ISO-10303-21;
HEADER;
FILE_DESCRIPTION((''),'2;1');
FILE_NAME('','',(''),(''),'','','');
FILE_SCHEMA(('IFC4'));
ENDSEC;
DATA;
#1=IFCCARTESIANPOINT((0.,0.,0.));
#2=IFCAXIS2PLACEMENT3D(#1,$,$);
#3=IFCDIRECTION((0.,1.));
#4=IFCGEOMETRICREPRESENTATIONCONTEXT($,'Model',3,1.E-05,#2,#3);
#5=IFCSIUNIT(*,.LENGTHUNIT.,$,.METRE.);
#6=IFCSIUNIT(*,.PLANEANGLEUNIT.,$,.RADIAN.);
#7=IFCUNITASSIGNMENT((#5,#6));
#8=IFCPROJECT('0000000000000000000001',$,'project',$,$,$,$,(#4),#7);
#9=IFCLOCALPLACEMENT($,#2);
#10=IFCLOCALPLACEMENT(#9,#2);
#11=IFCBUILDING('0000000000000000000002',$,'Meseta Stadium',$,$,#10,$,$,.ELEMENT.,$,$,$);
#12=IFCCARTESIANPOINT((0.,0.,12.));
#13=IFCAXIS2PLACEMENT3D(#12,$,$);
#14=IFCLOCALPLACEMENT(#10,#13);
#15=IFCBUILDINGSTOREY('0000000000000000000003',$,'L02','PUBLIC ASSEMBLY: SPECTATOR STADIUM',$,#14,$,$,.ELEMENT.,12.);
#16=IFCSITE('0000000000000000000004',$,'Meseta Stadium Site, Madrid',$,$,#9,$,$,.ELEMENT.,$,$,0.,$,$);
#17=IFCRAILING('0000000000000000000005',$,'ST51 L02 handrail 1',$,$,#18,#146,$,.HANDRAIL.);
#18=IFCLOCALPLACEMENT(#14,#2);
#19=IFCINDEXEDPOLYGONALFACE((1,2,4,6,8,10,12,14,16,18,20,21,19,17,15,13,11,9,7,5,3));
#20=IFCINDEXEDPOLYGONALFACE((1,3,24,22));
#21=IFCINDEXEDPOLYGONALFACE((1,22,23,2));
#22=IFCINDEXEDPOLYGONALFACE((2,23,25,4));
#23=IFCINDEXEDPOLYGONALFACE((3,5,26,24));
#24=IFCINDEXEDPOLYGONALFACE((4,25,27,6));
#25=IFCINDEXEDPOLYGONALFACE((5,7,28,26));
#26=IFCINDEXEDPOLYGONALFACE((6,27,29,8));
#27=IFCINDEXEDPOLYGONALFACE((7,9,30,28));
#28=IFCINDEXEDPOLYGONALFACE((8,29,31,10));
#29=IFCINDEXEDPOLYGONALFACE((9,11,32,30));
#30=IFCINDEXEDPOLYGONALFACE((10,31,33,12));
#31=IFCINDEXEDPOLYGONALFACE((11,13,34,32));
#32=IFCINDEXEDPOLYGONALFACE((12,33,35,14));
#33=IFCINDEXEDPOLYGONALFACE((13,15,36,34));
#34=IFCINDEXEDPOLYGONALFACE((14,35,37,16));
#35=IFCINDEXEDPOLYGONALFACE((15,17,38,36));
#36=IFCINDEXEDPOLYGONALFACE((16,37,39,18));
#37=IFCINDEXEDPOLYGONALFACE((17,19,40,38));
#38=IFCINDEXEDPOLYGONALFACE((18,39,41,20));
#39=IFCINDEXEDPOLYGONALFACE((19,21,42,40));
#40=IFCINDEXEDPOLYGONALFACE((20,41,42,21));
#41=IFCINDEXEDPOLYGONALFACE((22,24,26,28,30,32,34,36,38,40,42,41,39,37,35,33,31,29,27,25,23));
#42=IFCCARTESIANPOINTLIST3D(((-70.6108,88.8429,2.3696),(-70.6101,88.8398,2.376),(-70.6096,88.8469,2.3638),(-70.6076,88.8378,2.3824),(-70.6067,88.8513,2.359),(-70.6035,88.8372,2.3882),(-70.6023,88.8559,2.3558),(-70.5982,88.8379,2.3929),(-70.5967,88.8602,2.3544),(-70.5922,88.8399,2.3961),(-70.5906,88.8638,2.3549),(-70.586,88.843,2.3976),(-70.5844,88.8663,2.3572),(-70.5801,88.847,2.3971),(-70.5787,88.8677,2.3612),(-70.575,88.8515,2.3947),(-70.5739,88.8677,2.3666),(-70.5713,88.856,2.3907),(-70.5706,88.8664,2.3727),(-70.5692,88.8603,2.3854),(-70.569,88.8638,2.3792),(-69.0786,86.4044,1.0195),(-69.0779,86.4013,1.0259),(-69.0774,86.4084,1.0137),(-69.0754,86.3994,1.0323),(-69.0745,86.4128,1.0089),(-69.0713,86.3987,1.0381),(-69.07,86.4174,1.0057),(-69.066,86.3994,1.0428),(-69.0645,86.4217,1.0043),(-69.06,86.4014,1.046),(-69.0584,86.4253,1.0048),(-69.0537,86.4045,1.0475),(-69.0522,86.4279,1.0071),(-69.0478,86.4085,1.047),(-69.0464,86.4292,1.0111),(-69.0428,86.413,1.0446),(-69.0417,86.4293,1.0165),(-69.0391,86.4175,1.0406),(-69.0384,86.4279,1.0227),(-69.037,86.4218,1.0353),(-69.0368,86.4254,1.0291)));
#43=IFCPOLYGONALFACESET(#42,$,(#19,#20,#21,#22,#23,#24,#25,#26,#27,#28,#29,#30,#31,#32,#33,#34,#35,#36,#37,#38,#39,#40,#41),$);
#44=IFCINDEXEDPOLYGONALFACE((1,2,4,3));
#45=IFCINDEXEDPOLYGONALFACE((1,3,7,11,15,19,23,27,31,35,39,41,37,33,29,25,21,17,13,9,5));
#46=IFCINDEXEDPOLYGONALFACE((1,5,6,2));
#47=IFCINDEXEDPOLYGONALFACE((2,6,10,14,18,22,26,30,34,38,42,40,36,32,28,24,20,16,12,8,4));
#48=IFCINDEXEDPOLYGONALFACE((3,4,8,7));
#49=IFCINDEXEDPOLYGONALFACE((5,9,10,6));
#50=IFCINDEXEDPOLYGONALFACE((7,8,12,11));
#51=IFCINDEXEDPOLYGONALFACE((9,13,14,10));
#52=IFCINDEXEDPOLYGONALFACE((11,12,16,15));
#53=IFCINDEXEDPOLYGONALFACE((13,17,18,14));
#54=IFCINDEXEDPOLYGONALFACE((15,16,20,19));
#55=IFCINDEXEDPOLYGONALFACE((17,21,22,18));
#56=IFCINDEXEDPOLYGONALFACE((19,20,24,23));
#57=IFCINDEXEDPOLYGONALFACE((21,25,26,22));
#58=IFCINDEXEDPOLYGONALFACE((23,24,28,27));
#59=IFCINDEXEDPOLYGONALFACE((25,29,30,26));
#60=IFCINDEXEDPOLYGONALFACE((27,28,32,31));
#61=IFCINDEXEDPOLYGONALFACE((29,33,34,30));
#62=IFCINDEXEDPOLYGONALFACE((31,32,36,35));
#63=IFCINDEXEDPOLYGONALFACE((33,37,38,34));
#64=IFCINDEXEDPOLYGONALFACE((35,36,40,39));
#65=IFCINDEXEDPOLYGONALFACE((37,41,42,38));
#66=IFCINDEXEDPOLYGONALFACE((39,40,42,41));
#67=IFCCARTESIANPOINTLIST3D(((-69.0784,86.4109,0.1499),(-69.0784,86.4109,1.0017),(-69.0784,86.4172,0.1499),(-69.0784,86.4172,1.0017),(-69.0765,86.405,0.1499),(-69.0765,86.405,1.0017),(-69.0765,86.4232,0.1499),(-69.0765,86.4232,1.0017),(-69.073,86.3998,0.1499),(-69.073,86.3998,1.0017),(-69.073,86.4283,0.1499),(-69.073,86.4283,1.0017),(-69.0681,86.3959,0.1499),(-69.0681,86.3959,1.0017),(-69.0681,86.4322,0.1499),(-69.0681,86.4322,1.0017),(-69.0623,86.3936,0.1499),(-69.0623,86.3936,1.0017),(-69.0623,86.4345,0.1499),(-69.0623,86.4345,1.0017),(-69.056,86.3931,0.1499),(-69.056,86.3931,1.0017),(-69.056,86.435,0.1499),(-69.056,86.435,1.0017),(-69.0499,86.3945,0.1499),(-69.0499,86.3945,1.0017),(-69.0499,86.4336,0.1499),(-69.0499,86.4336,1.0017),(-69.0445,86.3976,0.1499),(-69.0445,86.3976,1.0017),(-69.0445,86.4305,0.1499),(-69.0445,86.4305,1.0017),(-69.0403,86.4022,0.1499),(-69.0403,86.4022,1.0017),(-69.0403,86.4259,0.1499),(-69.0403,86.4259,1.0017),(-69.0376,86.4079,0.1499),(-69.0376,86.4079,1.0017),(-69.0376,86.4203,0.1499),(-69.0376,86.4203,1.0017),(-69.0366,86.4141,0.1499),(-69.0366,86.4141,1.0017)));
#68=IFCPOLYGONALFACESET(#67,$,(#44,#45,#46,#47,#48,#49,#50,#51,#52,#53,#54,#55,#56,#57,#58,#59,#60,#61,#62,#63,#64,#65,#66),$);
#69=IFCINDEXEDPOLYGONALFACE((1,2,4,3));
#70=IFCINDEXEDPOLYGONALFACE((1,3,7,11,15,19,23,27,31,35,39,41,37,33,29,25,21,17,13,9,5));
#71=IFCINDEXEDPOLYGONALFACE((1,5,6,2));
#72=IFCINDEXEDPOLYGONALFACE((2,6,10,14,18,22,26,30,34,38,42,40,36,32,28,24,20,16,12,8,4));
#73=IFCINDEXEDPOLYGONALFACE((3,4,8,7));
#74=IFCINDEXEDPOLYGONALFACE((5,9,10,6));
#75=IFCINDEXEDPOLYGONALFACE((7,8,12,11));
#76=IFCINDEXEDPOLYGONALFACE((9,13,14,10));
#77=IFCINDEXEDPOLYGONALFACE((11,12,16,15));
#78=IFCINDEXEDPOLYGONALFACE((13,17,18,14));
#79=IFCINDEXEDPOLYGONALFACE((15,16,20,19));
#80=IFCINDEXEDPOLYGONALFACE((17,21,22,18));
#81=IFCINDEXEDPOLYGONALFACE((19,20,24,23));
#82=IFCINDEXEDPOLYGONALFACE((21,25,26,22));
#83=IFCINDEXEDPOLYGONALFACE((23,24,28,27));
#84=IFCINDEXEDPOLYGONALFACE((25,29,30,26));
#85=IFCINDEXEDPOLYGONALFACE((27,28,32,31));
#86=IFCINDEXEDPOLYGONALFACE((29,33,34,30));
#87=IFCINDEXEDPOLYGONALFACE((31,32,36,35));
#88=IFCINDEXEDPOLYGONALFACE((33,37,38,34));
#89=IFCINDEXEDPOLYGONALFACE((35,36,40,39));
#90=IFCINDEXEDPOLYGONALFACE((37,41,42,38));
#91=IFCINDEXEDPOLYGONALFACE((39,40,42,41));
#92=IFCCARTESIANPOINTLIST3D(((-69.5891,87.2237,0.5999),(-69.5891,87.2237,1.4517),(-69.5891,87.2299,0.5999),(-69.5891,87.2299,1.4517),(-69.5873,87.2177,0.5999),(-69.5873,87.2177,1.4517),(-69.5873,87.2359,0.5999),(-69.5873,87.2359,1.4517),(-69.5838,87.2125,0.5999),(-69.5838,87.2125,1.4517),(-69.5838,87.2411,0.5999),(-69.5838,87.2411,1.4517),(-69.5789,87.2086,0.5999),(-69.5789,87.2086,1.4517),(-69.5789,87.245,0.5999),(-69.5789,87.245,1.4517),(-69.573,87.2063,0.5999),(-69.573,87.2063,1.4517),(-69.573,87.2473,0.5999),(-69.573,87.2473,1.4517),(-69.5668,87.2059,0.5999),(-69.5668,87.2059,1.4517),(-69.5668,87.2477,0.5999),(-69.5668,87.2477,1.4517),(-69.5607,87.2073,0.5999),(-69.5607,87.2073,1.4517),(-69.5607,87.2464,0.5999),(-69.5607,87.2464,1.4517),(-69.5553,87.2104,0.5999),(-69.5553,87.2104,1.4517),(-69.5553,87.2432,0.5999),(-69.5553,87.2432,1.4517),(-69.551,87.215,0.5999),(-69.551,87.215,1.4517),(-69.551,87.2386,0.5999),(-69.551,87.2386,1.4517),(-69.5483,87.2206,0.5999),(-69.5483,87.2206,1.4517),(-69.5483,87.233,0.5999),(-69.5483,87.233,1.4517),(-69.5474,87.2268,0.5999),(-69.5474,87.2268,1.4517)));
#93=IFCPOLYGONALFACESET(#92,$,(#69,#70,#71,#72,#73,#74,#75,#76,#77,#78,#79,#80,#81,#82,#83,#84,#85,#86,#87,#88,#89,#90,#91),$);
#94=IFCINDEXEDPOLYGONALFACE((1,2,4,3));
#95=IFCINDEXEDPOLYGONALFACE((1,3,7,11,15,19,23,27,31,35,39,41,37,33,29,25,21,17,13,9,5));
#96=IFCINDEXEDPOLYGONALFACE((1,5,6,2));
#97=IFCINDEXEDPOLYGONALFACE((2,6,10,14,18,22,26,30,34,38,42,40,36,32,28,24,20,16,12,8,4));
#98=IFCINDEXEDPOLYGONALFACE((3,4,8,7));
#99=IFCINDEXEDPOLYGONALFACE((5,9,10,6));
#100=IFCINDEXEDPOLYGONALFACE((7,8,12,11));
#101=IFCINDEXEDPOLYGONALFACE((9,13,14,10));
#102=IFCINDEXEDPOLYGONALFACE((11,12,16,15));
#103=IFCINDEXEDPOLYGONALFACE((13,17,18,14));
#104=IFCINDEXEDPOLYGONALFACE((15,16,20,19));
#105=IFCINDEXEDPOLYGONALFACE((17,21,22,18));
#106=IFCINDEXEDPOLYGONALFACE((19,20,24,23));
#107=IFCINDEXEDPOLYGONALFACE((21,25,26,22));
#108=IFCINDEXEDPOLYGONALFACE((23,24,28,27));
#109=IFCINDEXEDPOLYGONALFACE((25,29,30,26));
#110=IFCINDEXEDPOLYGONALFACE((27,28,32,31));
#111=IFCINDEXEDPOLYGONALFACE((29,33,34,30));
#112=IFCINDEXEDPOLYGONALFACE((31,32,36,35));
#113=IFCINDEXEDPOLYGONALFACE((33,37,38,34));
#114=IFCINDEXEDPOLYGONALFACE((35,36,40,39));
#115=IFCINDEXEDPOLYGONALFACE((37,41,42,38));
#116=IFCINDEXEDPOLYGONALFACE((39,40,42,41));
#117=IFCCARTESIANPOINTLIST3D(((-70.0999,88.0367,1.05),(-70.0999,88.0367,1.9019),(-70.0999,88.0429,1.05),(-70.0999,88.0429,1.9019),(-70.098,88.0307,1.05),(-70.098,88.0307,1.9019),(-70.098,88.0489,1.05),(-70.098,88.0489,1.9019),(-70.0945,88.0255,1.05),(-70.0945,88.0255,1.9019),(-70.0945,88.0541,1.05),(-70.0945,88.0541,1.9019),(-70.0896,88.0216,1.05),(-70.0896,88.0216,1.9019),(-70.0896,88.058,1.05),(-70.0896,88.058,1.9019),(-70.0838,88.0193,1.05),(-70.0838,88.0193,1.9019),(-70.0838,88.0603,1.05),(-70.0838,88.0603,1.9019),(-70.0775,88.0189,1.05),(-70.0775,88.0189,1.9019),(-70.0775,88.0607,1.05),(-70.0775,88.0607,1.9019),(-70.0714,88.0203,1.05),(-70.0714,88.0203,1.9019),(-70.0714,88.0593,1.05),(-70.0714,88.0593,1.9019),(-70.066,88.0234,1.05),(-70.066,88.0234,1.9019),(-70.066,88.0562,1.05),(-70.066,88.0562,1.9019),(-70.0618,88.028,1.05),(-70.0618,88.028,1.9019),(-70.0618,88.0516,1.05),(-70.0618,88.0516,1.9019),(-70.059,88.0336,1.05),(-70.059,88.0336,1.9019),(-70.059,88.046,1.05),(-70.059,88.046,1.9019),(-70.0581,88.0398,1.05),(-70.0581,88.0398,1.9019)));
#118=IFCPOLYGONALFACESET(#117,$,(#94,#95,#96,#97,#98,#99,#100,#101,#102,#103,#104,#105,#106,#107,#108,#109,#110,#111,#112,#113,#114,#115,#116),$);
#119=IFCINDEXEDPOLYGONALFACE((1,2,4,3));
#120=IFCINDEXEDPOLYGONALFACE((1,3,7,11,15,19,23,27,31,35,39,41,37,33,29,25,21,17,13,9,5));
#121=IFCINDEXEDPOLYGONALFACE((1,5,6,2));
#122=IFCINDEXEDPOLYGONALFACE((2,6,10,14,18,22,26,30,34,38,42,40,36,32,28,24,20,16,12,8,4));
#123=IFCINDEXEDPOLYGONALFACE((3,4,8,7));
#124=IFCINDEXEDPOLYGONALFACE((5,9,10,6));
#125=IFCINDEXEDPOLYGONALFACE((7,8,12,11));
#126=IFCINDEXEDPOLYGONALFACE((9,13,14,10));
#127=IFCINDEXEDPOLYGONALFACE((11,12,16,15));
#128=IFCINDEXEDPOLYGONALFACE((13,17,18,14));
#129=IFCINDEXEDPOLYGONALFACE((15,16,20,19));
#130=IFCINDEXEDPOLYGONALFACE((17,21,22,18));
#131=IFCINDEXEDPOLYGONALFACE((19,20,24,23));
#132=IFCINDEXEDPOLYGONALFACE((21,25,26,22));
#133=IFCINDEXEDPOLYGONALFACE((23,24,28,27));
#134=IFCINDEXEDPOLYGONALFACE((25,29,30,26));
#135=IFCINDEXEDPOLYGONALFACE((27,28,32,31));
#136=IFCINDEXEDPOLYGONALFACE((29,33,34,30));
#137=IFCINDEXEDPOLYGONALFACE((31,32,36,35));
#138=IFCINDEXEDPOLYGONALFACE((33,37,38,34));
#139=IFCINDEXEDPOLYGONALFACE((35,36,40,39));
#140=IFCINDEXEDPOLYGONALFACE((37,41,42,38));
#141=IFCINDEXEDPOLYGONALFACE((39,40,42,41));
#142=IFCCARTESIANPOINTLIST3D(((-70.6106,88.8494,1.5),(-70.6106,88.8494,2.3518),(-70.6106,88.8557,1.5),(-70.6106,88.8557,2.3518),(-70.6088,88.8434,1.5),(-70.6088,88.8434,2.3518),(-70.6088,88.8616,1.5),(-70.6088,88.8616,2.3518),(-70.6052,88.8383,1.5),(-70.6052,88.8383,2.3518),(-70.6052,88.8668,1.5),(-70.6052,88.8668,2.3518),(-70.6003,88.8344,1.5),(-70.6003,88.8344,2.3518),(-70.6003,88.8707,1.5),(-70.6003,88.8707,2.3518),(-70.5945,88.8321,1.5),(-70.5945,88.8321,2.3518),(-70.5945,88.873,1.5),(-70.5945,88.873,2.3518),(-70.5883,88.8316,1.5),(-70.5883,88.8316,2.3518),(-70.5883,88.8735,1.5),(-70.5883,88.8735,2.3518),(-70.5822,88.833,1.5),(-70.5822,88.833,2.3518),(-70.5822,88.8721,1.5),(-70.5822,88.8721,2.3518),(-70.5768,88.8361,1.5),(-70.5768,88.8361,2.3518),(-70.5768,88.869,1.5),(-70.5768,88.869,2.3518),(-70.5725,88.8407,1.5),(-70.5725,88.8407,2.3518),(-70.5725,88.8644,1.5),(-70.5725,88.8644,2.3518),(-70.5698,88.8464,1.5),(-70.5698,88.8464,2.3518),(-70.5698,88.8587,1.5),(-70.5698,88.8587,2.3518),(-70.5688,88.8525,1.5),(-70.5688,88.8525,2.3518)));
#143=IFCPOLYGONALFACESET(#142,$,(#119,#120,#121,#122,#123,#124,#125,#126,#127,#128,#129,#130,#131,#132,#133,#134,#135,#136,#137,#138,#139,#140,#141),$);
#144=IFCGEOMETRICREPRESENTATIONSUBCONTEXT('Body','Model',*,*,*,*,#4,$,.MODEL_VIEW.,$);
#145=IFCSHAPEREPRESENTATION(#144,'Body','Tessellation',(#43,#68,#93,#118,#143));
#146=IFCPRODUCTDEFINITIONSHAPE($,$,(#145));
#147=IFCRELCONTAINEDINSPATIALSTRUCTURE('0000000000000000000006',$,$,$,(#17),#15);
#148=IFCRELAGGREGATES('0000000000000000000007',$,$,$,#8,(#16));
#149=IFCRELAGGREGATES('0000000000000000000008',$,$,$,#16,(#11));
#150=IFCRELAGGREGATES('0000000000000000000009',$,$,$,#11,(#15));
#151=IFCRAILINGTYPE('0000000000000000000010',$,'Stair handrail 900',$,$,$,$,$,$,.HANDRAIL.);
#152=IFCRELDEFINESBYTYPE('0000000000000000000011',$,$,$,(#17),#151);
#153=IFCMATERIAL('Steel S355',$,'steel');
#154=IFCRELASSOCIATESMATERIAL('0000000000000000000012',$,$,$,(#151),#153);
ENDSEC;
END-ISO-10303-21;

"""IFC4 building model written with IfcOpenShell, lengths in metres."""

from ifc_helpers import new_model, si_unit, direction, frame, origin, origin_2d, place, context, subcontext, project, spatial, circle, extrude, material, type_object, element, save


model = new_model("IFC4")

# Units and contexts
model_context = context("Model", 3, precision=1e-05, world=origin(), true_north=direction((0.0, 1.0)))
body_context = subcontext(model_context, "Body", "Model", "MODEL_VIEW")
ifc_project = project(units=[si_unit("LENGTHUNIT", "METRE"), si_unit("PLANEANGLEUNIT", "RADIAN")], contexts=[model_context])

# Site, building, storey
site_placement = place(None, origin())
site = spatial("IfcSite", under=ifc_project, at=site_placement, Name="Meseta Stadium Site, Madrid", CompositionType="ELEMENT", RefElevation=0.0)
building_placement = place(site_placement, origin())
building = spatial("IfcBuilding", under=site, at=building_placement, Name="Meseta Stadium", CompositionType="ELEMENT")
storey_placement = place(building_placement, frame((0.0, 0.0, 12.0)))
storey = spatial("IfcBuildingStorey", under=building, at=storey_placement, Name="L02", Description="PUBLIC ASSEMBLY: SPECTATOR STADIUM", CompositionType="ELEMENT", Elevation=12.0)

# Railing
ifc_material_1 = material(Name="Steel S355", Category="steel")
railing_type_1 = type_object("IfcRailingType", Name="Stair handrail 900", PredefinedType="HANDRAIL", material=ifc_material_1)
for number, where, name in (
    (1, (-69.0576, 86.4141, 0.1499), "ST51 L02 handrail 1"),
):
    element("IfcRailing", number, at=place(storey_placement, frame(where)), inside=storey, type_object=railing_type_1, Name=name, PredefinedType="HANDRAIL", context=body_context, shape_type="SweptSolid", body=[
        extrude(circle(Radius=0.0239, at=origin_2d()), frame((0.0, 0.0, 0.876), z_axis=(-0.481731, 0.766655, 0.42447), x_axis=(-0.846719, -0.53204, 0.0)), (0.0, 0.0, 1.0), 3.1807),
        extrude(circle(Radius=0.021, at=origin_2d()), origin(), (0.0, 0.0, 1.0), 0.8518),
        extrude(circle(Radius=0.021, at=origin_2d()), frame((-0.5107, 0.8127, 0.45)), (0.0, 0.0, 1.0), 0.8518),
        extrude(circle(Radius=0.021, at=origin_2d()), frame((-1.0215, 1.6257, 0.9001)), (0.0, 0.0, 1.0), 0.8518),
        extrude(circle(Radius=0.021, at=origin_2d()), frame((-1.5322, 2.4385, 1.3501)), (0.0, 0.0, 1.0), 0.8518),
    ])

save(model, "model.ifc")
